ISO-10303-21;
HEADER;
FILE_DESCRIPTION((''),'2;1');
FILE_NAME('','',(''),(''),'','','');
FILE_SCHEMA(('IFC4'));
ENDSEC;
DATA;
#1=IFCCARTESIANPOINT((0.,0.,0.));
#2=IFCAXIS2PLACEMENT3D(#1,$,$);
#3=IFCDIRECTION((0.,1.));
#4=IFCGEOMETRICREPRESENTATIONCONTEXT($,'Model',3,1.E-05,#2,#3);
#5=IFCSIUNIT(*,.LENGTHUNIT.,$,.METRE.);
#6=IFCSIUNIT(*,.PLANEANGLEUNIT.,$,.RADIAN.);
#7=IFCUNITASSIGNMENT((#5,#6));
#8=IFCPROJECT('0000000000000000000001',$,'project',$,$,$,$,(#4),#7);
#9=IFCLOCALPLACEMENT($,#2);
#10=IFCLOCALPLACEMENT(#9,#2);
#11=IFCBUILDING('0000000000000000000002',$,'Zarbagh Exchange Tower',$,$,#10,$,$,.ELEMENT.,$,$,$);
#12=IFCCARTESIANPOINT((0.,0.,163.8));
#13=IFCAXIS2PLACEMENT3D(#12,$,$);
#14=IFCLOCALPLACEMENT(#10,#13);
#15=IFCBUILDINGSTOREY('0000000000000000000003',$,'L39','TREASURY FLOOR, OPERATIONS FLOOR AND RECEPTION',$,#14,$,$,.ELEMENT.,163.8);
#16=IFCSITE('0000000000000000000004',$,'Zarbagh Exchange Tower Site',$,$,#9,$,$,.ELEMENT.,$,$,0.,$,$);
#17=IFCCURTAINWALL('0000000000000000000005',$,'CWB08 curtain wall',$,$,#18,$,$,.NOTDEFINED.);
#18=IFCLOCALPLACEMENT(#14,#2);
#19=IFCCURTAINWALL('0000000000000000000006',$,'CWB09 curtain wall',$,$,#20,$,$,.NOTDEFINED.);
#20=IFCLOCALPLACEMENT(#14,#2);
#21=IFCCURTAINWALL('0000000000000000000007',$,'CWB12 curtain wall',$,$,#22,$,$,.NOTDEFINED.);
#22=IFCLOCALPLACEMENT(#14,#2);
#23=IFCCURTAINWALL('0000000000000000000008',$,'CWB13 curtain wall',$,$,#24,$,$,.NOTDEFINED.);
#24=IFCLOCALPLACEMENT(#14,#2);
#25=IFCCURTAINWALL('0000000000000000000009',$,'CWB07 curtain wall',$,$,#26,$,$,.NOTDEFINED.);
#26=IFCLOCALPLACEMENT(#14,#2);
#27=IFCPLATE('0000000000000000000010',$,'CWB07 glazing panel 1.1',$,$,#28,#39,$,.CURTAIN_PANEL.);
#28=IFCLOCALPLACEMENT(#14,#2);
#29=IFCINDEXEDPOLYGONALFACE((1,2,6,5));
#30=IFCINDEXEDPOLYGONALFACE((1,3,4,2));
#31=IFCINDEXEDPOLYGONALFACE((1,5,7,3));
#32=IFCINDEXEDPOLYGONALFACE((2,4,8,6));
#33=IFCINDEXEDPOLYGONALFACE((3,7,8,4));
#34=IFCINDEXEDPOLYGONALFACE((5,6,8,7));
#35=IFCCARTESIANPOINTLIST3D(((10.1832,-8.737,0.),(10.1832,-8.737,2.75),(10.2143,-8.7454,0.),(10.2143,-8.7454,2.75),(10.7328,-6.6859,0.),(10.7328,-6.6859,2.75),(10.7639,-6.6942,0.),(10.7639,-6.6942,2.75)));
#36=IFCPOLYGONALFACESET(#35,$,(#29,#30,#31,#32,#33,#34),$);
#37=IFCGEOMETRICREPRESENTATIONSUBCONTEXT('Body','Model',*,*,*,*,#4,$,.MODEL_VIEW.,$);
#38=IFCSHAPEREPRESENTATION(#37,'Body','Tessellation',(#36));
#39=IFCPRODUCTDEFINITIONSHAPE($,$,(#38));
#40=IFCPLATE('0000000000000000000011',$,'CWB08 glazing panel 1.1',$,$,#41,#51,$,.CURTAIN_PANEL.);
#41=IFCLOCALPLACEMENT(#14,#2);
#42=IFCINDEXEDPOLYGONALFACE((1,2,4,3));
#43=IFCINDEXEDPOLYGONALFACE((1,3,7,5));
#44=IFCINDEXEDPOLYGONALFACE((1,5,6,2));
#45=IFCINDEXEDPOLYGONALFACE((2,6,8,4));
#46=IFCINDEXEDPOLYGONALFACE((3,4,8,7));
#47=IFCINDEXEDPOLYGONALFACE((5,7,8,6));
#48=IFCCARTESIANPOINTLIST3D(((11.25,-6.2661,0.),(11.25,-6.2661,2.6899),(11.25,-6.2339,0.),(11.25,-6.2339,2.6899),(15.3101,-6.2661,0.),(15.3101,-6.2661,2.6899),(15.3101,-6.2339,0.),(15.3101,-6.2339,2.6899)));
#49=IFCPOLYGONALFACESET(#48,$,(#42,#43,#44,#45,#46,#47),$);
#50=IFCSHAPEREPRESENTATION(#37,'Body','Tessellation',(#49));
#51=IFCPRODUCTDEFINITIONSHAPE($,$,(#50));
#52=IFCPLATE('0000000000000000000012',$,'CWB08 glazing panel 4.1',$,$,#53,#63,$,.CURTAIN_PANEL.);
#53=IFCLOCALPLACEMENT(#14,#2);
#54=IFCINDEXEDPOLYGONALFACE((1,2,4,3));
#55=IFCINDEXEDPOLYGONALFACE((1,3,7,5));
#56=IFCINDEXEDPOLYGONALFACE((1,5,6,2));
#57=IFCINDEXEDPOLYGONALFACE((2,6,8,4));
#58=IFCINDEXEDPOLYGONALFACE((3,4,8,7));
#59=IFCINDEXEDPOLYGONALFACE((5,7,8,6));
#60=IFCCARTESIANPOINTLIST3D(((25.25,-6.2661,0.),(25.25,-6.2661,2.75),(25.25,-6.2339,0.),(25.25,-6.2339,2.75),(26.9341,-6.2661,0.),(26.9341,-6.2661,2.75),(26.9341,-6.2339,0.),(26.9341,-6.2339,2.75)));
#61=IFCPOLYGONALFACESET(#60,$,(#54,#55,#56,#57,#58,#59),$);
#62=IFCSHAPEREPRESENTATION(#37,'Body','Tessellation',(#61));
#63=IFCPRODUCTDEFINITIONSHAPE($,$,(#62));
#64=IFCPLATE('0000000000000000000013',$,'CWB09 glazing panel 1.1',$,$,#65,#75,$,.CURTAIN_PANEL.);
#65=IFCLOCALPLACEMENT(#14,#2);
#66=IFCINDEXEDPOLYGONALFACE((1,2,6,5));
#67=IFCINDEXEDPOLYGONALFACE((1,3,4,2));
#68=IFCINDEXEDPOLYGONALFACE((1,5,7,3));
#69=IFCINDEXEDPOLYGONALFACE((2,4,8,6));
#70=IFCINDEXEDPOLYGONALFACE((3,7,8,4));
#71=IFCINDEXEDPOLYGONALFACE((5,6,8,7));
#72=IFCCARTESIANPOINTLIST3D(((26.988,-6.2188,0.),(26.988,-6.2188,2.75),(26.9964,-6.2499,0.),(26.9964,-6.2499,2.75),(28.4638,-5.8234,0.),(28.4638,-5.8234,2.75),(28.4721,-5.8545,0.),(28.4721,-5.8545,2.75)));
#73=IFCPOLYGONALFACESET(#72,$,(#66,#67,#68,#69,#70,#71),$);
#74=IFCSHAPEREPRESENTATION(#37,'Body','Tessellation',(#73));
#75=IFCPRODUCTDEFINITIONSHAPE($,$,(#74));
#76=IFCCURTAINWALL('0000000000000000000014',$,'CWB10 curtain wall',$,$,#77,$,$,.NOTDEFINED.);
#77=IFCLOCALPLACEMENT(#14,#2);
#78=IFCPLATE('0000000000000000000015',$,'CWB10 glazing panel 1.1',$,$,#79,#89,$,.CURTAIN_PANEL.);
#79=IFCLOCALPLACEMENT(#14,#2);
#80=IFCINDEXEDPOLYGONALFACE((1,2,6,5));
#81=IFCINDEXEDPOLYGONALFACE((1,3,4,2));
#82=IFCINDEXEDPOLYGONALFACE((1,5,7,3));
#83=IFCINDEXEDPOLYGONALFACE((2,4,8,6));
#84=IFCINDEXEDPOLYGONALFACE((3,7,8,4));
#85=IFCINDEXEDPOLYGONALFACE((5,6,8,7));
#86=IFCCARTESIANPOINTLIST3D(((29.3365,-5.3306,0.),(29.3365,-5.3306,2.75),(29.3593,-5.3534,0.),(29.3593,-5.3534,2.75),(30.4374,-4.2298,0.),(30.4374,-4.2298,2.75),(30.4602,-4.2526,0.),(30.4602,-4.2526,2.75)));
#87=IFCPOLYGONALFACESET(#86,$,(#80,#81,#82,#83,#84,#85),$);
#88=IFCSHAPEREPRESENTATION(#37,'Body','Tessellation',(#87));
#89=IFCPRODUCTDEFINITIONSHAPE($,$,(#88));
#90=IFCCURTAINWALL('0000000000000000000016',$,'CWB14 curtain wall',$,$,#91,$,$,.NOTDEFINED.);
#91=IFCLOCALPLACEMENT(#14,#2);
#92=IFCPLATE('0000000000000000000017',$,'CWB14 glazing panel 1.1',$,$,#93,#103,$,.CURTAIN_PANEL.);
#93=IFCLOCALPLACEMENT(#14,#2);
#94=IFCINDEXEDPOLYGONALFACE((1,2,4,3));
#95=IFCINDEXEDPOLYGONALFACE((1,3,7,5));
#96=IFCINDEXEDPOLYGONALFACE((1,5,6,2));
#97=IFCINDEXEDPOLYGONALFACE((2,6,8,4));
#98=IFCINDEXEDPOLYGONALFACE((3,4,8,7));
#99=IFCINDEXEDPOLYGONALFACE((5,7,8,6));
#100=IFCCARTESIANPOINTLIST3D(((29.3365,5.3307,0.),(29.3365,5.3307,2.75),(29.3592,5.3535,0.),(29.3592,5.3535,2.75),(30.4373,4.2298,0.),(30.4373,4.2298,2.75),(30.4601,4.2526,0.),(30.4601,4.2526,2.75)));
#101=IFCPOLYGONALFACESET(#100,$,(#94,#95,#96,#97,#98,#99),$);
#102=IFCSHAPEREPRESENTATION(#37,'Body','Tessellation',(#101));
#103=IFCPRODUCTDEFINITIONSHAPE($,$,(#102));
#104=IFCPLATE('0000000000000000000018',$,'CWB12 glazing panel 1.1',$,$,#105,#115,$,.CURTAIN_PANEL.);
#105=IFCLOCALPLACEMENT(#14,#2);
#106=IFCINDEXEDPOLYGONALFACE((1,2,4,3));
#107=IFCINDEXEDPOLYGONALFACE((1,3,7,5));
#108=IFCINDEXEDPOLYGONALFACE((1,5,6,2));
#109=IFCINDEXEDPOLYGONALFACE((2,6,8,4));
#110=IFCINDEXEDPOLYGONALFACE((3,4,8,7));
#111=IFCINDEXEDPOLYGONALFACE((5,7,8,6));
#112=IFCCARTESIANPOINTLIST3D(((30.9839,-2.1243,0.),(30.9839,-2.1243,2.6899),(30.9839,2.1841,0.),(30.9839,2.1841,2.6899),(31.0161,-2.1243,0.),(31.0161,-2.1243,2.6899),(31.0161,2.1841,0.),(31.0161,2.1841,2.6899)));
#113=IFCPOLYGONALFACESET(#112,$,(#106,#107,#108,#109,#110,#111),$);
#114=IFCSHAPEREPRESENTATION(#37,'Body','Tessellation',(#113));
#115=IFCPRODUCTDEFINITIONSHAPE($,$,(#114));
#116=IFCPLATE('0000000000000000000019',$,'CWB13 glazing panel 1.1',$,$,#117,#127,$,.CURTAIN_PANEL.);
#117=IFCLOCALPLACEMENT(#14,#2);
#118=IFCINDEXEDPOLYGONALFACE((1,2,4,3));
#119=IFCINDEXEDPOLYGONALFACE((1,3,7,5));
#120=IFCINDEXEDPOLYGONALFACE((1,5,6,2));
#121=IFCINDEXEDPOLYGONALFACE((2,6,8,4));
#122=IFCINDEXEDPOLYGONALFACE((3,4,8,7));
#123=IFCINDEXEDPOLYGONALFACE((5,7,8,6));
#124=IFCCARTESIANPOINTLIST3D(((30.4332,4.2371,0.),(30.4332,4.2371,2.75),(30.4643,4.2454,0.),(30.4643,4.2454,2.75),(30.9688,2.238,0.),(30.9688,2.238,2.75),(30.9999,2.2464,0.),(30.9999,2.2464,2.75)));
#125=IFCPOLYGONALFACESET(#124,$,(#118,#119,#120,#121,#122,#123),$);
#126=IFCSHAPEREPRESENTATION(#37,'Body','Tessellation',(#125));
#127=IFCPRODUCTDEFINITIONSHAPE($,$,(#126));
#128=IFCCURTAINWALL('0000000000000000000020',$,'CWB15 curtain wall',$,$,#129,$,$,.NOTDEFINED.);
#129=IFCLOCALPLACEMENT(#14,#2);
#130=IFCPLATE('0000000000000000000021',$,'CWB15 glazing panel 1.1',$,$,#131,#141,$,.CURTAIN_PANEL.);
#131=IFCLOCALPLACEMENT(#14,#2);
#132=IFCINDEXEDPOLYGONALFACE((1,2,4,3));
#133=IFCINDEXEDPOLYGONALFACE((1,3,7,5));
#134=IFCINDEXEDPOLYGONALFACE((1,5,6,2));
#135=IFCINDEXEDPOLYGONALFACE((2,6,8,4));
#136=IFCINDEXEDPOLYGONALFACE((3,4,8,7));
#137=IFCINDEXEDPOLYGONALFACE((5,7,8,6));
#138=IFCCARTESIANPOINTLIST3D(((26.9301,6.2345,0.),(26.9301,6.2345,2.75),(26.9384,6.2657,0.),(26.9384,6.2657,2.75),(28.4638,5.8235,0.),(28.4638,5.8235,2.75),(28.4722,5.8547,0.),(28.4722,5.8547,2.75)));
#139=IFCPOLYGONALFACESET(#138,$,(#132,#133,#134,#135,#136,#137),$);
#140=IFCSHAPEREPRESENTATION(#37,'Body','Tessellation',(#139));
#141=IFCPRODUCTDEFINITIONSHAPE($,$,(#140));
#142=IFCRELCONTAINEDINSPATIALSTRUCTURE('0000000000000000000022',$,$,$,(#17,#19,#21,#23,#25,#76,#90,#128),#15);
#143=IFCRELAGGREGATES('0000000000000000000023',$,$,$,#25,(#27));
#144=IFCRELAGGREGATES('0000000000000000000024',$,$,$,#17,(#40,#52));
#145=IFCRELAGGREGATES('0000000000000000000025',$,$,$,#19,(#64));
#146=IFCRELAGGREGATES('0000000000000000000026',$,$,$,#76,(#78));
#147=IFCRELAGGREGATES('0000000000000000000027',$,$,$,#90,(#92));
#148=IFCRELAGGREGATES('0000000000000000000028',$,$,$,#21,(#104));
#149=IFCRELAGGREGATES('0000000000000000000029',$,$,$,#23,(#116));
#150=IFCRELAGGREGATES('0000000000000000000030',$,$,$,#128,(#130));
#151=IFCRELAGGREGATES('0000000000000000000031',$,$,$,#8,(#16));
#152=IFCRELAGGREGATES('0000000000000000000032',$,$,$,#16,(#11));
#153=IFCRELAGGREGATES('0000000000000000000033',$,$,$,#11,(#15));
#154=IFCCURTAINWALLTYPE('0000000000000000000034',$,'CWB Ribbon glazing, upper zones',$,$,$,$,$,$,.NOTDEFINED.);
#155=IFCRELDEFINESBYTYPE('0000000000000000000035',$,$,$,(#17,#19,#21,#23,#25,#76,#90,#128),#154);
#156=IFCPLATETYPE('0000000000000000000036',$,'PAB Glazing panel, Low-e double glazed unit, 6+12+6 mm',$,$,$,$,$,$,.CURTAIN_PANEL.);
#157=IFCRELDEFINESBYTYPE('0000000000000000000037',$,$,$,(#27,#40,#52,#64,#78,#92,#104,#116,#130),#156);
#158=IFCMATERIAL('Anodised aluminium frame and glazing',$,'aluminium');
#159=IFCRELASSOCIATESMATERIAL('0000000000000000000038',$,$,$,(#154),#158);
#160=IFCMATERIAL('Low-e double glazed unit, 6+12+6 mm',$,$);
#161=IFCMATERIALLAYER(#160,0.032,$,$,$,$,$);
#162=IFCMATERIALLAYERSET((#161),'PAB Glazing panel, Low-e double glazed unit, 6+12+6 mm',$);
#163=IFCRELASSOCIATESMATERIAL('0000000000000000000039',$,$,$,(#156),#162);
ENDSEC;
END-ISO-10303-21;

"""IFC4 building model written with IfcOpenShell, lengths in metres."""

from ifc_helpers import new_model, si_unit, direction, frame, origin, place, context, subcontext, project, spatial, polyline, outline, extrude, source, transform, mapped, material, layer, layer_set, type_object, element, aggregate, save


model = new_model("IFC4")

# Units and contexts
model_context = context("Model", 3, precision=1e-05, world=origin(), true_north=direction((0.0, 1.0)))
body_context = subcontext(model_context, "Body", "Model", "MODEL_VIEW")
ifc_project = project(units=[si_unit("LENGTHUNIT", "METRE"), si_unit("PLANEANGLEUNIT", "RADIAN")], contexts=[model_context])

# Site, building, storey
site_placement = place(None, origin())
site = spatial("IfcSite", under=ifc_project, at=site_placement, Name="Zarbagh Exchange Tower Site", CompositionType="ELEMENT", RefElevation=0.0)
building_placement = place(site_placement, origin())
building = spatial("IfcBuilding", under=site, at=building_placement, Name="Zarbagh Exchange Tower", CompositionType="ELEMENT")
storey_placement = place(building_placement, frame((0.0, 0.0, 163.8)))
storey = spatial("IfcBuildingStorey", under=building, at=storey_placement, Name="L39", Description="TREASURY FLOOR, OPERATIONS FLOOR AND RECEPTION", CompositionType="ELEMENT", Elevation=163.8)

# Shared definitions
ifc_material_1 = material(Name="Anodised aluminium frame and glazing", Category="aluminium")
curtain_wall_type = type_object("IfcCurtainWallType", Name="CWB Ribbon glazing, upper zones", PredefinedType="NOTDEFINED", material=ifc_material_1)
placement = place(storey_placement, origin())

# Curtain wall
curtain_wall_1_placement = place(storey_placement, origin())
curtain_wall_1 = element("IfcCurtainWall", 1, at=curtain_wall_1_placement, inside=storey, type_object=curtain_wall_type, Name="CWB08 curtain wall", PredefinedType="NOTDEFINED")

# Curtain walls
curtain_wall_2_placement = place(storey_placement, origin())
curtain_wall_2 = element("IfcCurtainWall", 2, at=curtain_wall_2_placement, inside=storey, type_object=curtain_wall_type, Name="CWB09 curtain wall", PredefinedType="NOTDEFINED")
curtain_wall_3_placement = place(storey_placement, origin())
curtain_wall_3 = element("IfcCurtainWall", 3, at=curtain_wall_3_placement, inside=storey, type_object=curtain_wall_type, Name="CWB12 curtain wall", PredefinedType="NOTDEFINED")
curtain_wall_4_placement = place(storey_placement, origin())
curtain_wall_4 = element("IfcCurtainWall", 4, at=curtain_wall_4_placement, inside=storey, type_object=curtain_wall_type, Name="CWB13 curtain wall", PredefinedType="NOTDEFINED")

# Shared definitions
ifc_material_2 = material(Name="Low-e double glazed unit, 6+12+6 mm")
ifc_layer = layer(ifc_material_2, 0.032)
ifc_layer_set = layer_set([ifc_layer], Name="PAB Glazing panel, Low-e double glazed unit, 6+12+6 mm")
plate_type = type_object("IfcPlateType", Name="PAB Glazing panel, Low-e double glazed unit, 6+12+6 mm", PredefinedType="CURTAIN_PANEL", material=ifc_layer_set)

# Curtain wall, plate
curtain_wall_5_placement = place(storey_placement, origin())
curtain_wall_5 = element("IfcCurtainWall", 5, at=curtain_wall_5_placement, inside=storey, type_object=curtain_wall_type, Name="CWB07 curtain wall", PredefinedType="NOTDEFINED")
shared_shape_1 = source(origin(), body_context, "Body", "SweptSolid", [
    extrude(outline(polyline([(0.0, -0.0161), (2.1235, -0.0161), (2.1235, 0.0161), (0.0, 0.0161), (0.0, -0.0161)])), origin(), (0.0, 0.0, 1.0), 2.75),
])
plate_1 = element("IfcPlate", 6, at=placement, type_object=plate_type, Name="CWB07 glazing panel 1.1", PredefinedType="CURTAIN_PANEL", context=body_context, shape_type="MappedRepresentation", body=[
    mapped(shared_shape_1, transform((10.1987, -8.7412, 0.0), x_axis=(0.258825, 0.965924, 0.0), y_axis=(-0.965924, 0.258825, 0.0), z_axis=(0.0, 0.0, 1.0))),
])
aggregate(curtain_wall_5, [plate_1])

# Plates
shared_shape_2 = source(origin(), body_context, "Body", "SweptSolid", [
    extrude(outline(polyline([(0.0, -0.0161), (4.0601, -0.0161), (4.0601, 0.0161), (0.0, 0.0161), (0.0, -0.0161)])), origin(), (0.0, 0.0, 1.0), 2.6899),
])
plate_2 = element("IfcPlate", 7, at=placement, type_object=plate_type, Name="CWB08 glazing panel 1.1", PredefinedType="CURTAIN_PANEL", context=body_context, shape_type="MappedRepresentation", body=[
    mapped(shared_shape_2, transform((11.25, -6.25, 0.0), x_axis=(1.0, 0.0, 0.0), y_axis=(0.0, 1.0, 0.0), z_axis=(0.0, 0.0, 1.0))),
])
shared_shape_3 = source(origin(), body_context, "Body", "SweptSolid", [
    extrude(outline(polyline([(0.0, -0.0161), (1.6841, -0.0161), (1.6841, 0.0161), (0.0, 0.0161), (0.0, -0.0161)])), origin(), (0.0, 0.0, 1.0), 2.75),
])
plate_3 = element("IfcPlate", 8, at=placement, type_object=plate_type, Name="CWB08 glazing panel 4.1", PredefinedType="CURTAIN_PANEL", context=body_context, shape_type="MappedRepresentation", body=[
    mapped(shared_shape_3, transform((25.25, -6.25, 0.0), x_axis=(1.0, 0.0, 0.0), y_axis=(0.0, 1.0, 0.0), z_axis=(0.0, 0.0, 1.0))),
])
aggregate(curtain_wall_1, [plate_2, plate_3])
shared_shape_4 = source(origin(), body_context, "Body", "SweptSolid", [
    extrude(outline(polyline([(0.0, -0.0161), (1.5278, -0.0161), (1.5278, 0.0161), (0.0, 0.0161), (0.0, -0.0161)])), origin(), (0.0, 0.0, 1.0), 2.75),
])
plate_4 = element("IfcPlate", 9, at=placement, type_object=plate_type, Name="CWB09 glazing panel 1.1", PredefinedType="CURTAIN_PANEL", context=body_context, shape_type="MappedRepresentation", body=[
    mapped(shared_shape_4, transform((26.9922, -6.2344, 0.0), x_axis=(0.965924, 0.258825, 0.0), y_axis=(-0.258825, 0.965924, 0.0), z_axis=(0.0, 0.0, 1.0))),
])
aggregate(curtain_wall_2, [plate_4])

# Curtain walls, plates
curtain_wall_6_placement = place(storey_placement, origin())
curtain_wall_6 = element("IfcCurtainWall", 10, at=curtain_wall_6_placement, inside=storey, type_object=curtain_wall_type, Name="CWB10 curtain wall", PredefinedType="NOTDEFINED")
shared_shape_5 = source(origin(), body_context, "Body", "SweptSolid", [
    extrude(outline(polyline([(0.0, -0.0161), (1.5569, -0.0161), (1.5569, 0.0161), (0.0, 0.0161), (0.0, -0.0161)])), origin(), (0.0, 0.0, 1.0), 2.75),
])
plate_5 = element("IfcPlate", 11, at=placement, type_object=plate_type, Name="CWB10 glazing panel 1.1", PredefinedType="CURTAIN_PANEL", context=body_context, shape_type="MappedRepresentation", body=[
    mapped(shared_shape_5, transform((29.3479, -5.342, 0.0), x_axis=(0.707107, 0.707107, 0.0), y_axis=(-0.707107, 0.707107, 0.0), z_axis=(0.0, 0.0, 1.0))),
])
aggregate(curtain_wall_6, [plate_5])
curtain_wall_7_placement = place(storey_placement, origin())
curtain_wall_7 = element("IfcCurtainWall", 12, at=curtain_wall_7_placement, inside=storey, type_object=curtain_wall_type, Name="CWB14 curtain wall", PredefinedType="NOTDEFINED")
plate_6 = element("IfcPlate", 13, at=placement, type_object=plate_type, Name="CWB14 glazing panel 1.1", PredefinedType="CURTAIN_PANEL", context=body_context, shape_type="MappedRepresentation", body=[
    mapped(shared_shape_5, transform((30.4487, 4.2412, 0.0), x_axis=(-0.707107, 0.707107, 0.0), y_axis=(-0.707107, -0.707107, 0.0), z_axis=(0.0, 0.0, 1.0))),
])
aggregate(curtain_wall_7, [plate_6])

# Plates
shared_shape_6 = source(origin(), body_context, "Body", "SweptSolid", [
    extrude(outline(polyline([(0.0, -0.0161), (4.3083, -0.0161), (4.3083, 0.0161), (0.0, 0.0161), (0.0, -0.0161)])), origin(), (0.0, 0.0, 1.0), 2.6899),
])
plate_7 = element("IfcPlate", 14, at=placement, type_object=plate_type, Name="CWB12 glazing panel 1.1", PredefinedType="CURTAIN_PANEL", context=body_context, shape_type="MappedRepresentation", body=[
    mapped(shared_shape_6, transform((31.0, -2.1243, 0.0), x_axis=(0.0, 1.0, 0.0), y_axis=(-1.0, 0.0, 0.0), z_axis=(0.0, 0.0, 1.0))),
])
aggregate(curtain_wall_3, [plate_7])
shared_shape_7 = source(origin(), body_context, "Body", "SweptSolid", [
    extrude(outline(polyline([(0.0, -0.0161), (2.0696, -0.0161), (2.0696, 0.0161), (0.0, 0.0161), (0.0, -0.0161)])), origin(), (0.0, 0.0, 1.0), 2.75),
])
plate_8 = element("IfcPlate", 15, at=placement, type_object=plate_type, Name="CWB13 glazing panel 1.1", PredefinedType="CURTAIN_PANEL", context=body_context, shape_type="MappedRepresentation", body=[
    mapped(shared_shape_7, transform((30.9844, 2.2422, 0.0), x_axis=(-0.258825, 0.965924, 0.0), y_axis=(-0.965924, -0.258825, 0.0), z_axis=(0.0, 0.0, 1.0))),
])
aggregate(curtain_wall_4, [plate_8])

# Curtain wall, plate
curtain_wall_8_placement = place(storey_placement, origin())
curtain_wall_8 = element("IfcCurtainWall", 16, at=curtain_wall_8_placement, inside=storey, type_object=curtain_wall_type, Name="CWB15 curtain wall", PredefinedType="NOTDEFINED")
shared_shape_8 = source(origin(), body_context, "Body", "SweptSolid", [
    extrude(outline(polyline([(0.0, -0.0161), (1.5879, -0.0161), (1.5879, 0.0161), (0.0, 0.0161), (0.0, -0.0161)])), origin(), (0.0, 0.0, 1.0), 2.75),
])
plate_9 = element("IfcPlate", 17, at=placement, type_object=plate_type, Name="CWB15 glazing panel 1.1", PredefinedType="CURTAIN_PANEL", context=body_context, shape_type="MappedRepresentation", body=[
    mapped(shared_shape_8, transform((28.468, 5.8391, 0.0), x_axis=(-0.965924, 0.258825, 0.0), y_axis=(-0.258825, -0.965924, 0.0), z_axis=(0.0, 0.0, 1.0))),
])
aggregate(curtain_wall_8, [plate_9])

save(model, "model.ifc")
